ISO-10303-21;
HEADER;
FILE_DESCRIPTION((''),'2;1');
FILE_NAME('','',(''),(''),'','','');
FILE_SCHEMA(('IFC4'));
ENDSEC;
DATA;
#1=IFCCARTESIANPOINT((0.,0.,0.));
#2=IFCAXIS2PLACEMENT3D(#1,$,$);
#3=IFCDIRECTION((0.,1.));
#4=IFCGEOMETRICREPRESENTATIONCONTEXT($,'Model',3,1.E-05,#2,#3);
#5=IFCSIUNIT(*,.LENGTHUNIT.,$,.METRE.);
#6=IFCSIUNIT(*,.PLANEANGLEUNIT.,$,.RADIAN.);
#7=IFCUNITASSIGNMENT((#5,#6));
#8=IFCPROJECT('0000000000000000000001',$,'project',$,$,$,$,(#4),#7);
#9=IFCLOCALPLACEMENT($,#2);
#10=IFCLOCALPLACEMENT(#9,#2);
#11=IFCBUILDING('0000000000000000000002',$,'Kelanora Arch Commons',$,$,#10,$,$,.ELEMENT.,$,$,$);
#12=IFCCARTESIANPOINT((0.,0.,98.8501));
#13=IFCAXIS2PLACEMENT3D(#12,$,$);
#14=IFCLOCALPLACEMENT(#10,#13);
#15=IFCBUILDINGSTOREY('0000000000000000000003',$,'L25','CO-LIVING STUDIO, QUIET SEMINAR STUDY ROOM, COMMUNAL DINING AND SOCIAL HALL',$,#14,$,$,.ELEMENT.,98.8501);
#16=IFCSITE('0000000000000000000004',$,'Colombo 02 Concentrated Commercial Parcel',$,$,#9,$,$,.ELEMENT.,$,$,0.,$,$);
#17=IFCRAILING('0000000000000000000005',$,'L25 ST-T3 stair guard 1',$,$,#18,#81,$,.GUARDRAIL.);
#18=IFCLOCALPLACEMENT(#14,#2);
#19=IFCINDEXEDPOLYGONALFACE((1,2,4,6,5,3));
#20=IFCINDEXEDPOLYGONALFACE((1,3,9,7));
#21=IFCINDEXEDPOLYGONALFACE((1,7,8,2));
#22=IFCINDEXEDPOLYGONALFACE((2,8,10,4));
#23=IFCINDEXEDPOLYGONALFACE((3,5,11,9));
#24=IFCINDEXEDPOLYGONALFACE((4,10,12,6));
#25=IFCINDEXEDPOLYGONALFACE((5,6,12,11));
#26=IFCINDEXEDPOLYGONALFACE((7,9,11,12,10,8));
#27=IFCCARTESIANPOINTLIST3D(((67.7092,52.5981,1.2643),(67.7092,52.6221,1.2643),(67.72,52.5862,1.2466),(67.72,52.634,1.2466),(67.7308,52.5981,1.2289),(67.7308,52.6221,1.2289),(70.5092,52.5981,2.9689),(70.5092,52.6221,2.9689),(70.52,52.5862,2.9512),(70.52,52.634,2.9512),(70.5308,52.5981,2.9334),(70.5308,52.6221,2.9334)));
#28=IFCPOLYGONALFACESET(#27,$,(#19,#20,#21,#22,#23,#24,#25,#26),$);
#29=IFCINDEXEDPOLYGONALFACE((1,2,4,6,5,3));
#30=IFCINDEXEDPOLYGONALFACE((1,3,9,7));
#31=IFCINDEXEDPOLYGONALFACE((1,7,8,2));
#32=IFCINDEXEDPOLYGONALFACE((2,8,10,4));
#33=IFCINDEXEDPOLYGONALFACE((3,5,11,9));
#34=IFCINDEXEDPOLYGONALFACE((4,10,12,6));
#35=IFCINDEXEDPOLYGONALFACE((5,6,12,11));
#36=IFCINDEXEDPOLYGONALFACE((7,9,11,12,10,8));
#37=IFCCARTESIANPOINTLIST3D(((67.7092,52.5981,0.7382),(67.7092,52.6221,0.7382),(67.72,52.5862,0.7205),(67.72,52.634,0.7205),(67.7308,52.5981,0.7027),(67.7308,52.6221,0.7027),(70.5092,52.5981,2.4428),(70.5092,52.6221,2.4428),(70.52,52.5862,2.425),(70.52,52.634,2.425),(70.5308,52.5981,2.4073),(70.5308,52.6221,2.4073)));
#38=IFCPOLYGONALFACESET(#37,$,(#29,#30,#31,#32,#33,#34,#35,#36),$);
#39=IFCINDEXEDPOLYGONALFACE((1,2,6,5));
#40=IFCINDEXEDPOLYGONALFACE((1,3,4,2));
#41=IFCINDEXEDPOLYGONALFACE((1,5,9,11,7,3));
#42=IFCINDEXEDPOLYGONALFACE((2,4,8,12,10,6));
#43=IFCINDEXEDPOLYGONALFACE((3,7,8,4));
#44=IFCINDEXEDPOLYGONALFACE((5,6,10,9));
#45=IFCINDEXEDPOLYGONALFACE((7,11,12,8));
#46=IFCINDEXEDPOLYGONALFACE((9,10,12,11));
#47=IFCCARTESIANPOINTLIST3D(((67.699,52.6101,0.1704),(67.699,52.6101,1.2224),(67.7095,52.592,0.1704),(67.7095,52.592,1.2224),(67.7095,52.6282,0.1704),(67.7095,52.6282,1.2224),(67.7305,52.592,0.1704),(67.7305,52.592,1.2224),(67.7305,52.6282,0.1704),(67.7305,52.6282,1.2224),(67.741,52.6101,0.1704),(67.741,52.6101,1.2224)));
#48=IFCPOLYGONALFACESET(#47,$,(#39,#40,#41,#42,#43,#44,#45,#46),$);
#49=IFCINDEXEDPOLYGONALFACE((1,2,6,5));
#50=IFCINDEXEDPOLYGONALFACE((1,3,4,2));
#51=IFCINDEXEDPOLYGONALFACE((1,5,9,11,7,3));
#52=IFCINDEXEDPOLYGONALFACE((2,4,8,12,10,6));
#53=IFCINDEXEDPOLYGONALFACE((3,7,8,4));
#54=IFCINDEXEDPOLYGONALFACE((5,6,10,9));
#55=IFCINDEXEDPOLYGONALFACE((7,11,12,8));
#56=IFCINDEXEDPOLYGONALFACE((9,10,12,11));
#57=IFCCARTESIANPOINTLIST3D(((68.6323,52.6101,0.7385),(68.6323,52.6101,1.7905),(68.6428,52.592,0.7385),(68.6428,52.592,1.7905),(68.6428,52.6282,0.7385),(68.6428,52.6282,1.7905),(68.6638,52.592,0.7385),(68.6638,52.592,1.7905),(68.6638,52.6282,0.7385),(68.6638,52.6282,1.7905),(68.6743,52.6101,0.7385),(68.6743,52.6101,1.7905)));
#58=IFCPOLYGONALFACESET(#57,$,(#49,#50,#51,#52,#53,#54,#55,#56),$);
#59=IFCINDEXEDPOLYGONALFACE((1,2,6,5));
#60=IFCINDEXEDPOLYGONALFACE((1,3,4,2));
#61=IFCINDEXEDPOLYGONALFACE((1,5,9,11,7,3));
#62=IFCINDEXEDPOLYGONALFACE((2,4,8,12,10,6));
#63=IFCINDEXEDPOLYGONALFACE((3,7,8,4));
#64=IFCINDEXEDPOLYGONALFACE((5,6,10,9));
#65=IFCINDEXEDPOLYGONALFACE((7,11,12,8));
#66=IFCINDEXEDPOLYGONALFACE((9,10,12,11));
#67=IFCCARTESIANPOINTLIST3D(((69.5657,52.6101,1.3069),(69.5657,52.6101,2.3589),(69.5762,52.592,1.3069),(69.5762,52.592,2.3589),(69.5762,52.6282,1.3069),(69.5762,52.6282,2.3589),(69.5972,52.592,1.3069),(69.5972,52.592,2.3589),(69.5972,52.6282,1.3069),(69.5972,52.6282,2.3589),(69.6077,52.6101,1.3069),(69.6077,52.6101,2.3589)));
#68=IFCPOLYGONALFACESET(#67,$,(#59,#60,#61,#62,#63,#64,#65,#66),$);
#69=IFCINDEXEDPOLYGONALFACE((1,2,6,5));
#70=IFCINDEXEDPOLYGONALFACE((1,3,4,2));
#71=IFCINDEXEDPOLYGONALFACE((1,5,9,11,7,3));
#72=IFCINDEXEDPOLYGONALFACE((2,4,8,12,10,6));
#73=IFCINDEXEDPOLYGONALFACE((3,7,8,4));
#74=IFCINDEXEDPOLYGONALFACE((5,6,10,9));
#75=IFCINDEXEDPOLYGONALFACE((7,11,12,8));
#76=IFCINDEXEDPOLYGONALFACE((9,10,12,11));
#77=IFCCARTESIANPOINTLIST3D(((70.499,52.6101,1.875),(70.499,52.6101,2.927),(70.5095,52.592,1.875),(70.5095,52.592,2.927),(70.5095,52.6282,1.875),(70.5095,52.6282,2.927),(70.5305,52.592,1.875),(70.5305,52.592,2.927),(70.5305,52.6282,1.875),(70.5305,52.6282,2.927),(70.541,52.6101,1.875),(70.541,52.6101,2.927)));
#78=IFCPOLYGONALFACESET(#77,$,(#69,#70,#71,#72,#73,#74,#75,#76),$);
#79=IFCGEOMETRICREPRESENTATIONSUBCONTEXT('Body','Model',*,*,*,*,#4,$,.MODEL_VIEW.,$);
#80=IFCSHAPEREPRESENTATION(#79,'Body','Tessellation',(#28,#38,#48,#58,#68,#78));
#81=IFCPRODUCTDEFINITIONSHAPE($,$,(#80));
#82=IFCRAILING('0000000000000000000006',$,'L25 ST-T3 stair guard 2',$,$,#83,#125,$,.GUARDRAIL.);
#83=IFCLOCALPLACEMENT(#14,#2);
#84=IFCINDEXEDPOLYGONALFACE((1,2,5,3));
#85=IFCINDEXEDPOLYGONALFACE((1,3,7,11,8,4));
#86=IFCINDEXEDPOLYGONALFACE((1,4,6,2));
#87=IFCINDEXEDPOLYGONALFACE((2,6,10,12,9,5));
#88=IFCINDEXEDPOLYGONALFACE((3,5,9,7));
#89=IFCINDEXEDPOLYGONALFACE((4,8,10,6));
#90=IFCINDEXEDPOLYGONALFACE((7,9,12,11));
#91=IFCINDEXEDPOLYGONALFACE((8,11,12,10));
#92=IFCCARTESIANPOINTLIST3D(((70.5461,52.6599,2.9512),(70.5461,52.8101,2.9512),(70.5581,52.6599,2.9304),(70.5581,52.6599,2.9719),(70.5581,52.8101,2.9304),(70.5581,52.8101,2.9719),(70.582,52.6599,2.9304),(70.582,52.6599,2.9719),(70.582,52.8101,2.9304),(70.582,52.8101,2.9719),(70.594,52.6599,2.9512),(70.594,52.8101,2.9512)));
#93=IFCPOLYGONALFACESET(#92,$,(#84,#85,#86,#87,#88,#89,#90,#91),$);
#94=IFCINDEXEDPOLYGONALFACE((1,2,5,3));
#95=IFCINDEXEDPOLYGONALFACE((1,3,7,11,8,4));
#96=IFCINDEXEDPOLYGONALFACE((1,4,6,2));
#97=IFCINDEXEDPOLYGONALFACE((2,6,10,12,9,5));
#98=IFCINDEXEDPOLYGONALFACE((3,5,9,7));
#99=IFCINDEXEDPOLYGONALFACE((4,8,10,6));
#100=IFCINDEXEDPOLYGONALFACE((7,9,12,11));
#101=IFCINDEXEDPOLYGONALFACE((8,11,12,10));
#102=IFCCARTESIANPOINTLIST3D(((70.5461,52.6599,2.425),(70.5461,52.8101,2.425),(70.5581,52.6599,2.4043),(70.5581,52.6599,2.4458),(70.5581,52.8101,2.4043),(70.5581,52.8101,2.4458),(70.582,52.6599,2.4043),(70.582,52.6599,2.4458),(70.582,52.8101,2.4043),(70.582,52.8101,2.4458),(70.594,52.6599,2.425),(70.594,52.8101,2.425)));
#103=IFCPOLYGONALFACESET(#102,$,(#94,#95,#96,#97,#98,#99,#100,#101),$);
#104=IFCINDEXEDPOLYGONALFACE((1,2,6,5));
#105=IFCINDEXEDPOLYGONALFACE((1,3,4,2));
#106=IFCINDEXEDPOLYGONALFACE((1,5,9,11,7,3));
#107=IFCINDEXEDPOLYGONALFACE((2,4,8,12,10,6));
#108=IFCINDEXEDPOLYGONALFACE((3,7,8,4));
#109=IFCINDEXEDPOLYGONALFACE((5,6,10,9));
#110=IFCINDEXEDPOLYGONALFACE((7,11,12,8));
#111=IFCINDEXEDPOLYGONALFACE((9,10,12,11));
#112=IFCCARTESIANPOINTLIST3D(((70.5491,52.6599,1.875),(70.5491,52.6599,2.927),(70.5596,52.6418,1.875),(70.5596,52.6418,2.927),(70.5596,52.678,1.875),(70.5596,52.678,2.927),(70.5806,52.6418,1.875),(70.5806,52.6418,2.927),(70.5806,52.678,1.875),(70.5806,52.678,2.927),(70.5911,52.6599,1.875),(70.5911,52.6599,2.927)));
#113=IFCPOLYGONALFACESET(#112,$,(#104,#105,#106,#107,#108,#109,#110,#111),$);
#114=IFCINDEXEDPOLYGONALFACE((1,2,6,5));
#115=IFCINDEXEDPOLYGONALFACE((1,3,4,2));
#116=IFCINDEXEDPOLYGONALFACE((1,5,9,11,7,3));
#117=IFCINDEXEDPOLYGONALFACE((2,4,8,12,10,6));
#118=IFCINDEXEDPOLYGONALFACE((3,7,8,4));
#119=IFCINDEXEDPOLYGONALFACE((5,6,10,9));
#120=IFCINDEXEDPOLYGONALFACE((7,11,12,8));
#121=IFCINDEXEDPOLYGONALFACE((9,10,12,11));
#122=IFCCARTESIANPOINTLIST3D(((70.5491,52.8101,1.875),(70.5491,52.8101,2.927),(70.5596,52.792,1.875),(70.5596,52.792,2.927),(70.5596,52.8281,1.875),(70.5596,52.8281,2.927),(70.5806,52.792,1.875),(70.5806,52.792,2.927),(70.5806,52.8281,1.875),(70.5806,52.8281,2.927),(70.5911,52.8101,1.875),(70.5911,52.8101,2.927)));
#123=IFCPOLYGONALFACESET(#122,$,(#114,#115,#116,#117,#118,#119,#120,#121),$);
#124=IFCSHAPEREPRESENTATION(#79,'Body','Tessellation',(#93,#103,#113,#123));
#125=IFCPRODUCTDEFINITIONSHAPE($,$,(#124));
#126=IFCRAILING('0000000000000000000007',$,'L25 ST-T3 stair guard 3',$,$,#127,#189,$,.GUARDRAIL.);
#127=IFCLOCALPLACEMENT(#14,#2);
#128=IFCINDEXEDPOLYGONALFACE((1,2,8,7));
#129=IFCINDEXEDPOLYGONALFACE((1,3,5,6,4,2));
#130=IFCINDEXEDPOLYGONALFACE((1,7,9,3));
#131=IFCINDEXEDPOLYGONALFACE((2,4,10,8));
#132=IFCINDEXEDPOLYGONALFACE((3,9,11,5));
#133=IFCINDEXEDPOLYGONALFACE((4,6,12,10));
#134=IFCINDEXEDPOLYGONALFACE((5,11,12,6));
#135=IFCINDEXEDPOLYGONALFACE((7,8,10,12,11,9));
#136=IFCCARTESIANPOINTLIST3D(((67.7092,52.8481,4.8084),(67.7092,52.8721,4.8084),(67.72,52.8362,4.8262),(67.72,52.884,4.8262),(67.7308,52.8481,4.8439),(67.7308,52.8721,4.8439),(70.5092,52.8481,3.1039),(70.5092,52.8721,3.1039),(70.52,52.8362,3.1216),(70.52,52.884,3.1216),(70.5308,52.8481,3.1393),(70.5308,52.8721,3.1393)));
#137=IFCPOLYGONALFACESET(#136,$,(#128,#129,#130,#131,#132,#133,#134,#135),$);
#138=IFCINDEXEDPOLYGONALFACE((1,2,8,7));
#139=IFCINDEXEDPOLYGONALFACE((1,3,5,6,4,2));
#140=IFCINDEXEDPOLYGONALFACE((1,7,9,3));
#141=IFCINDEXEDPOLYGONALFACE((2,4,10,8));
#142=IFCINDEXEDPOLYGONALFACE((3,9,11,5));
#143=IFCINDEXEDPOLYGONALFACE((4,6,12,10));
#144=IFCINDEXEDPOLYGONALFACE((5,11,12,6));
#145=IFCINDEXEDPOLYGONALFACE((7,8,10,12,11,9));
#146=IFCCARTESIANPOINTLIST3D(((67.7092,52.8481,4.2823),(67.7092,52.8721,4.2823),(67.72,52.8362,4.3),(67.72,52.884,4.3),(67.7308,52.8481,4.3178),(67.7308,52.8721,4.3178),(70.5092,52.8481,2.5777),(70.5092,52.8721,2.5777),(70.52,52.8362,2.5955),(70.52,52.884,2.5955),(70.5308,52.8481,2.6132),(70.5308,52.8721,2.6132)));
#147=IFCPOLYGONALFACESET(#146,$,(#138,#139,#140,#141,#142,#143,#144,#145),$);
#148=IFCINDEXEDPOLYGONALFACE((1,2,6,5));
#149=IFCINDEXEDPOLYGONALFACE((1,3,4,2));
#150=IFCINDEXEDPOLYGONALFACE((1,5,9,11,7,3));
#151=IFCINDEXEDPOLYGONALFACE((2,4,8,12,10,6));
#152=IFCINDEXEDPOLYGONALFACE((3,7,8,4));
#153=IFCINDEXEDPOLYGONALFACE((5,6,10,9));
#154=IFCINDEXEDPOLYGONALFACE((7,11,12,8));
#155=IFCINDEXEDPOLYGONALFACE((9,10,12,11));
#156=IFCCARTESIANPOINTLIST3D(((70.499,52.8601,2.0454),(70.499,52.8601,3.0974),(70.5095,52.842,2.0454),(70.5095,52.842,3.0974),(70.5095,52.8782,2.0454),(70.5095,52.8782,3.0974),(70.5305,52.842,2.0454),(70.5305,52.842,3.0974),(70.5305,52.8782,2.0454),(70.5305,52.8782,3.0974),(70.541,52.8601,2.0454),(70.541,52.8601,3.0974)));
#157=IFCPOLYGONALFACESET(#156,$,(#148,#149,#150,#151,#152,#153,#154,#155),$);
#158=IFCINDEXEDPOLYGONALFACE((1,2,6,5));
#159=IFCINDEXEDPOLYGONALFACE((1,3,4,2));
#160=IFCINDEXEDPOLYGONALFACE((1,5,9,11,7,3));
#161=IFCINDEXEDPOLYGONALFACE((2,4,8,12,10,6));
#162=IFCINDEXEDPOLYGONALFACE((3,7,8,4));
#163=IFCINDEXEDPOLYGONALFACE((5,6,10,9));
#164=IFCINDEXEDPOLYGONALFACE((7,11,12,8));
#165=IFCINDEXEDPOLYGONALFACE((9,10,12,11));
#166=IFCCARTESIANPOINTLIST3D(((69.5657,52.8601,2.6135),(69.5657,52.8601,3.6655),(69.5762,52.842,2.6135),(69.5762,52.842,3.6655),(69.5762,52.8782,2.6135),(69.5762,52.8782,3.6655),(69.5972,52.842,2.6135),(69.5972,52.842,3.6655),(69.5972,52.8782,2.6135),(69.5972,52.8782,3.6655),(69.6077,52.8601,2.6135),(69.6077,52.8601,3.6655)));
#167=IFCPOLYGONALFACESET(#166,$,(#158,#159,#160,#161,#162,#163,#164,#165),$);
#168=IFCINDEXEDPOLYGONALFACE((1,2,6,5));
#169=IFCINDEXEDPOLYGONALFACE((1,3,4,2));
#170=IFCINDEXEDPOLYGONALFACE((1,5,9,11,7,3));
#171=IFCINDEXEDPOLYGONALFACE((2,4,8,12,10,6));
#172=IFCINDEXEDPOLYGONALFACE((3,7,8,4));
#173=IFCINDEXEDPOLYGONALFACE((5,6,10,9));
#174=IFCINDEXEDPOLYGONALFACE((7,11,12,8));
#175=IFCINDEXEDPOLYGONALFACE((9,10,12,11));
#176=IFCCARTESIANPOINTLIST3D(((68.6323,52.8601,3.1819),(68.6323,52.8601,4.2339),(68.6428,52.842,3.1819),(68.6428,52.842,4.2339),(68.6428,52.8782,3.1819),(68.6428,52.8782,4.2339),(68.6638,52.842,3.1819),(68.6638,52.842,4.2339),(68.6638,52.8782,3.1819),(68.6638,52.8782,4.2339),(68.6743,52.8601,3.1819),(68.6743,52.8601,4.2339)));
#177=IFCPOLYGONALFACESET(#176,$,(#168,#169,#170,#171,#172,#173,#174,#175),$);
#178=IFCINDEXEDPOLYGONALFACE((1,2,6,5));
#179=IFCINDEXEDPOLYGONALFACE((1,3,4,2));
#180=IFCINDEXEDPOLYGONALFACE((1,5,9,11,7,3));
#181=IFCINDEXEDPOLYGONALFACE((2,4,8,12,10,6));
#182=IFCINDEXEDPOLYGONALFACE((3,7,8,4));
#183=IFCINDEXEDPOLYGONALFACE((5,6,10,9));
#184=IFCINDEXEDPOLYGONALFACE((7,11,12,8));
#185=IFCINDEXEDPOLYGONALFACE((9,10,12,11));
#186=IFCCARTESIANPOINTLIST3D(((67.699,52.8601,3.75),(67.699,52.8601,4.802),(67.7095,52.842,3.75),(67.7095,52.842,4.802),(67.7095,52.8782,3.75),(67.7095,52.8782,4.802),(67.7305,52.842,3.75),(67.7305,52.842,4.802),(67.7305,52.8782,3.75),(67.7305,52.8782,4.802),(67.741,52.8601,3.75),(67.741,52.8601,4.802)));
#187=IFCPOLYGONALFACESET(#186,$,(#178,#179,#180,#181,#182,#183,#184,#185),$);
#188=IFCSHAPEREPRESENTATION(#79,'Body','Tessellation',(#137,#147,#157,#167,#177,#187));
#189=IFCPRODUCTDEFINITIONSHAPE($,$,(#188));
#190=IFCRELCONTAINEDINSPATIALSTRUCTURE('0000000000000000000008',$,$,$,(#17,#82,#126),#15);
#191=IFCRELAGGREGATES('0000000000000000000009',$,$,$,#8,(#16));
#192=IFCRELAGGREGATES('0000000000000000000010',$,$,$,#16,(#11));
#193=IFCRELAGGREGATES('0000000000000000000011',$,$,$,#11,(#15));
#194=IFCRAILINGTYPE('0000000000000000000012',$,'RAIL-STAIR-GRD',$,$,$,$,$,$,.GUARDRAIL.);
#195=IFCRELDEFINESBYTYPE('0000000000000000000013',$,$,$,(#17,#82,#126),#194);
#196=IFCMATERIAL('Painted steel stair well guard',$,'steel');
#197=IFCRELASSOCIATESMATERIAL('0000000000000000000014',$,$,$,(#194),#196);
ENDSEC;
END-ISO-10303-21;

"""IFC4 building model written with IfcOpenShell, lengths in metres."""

from ifc_helpers import new_model, si_unit, direction, frame, origin, place, context, subcontext, project, spatial, polyline, outline, extrude, material, type_object, element, save


model = new_model("IFC4")

# Units and contexts
model_context = context("Model", 3, precision=1e-05, world=origin(), true_north=direction((0.0, 1.0)))
body_context = subcontext(model_context, "Body", "Model", "MODEL_VIEW")
ifc_project = project(units=[si_unit("LENGTHUNIT", "METRE"), si_unit("PLANEANGLEUNIT", "RADIAN")], contexts=[model_context])

# Site, building, storey
site_placement = place(None, origin())
site = spatial("IfcSite", under=ifc_project, at=site_placement, Name="Colombo 02 Concentrated Commercial Parcel", CompositionType="ELEMENT", RefElevation=0.0)
building_placement = place(site_placement, origin())
building = spatial("IfcBuilding", under=site, at=building_placement, Name="Kelanora Arch Commons", CompositionType="ELEMENT")
storey_placement = place(building_placement, frame((0.0, 0.0, 98.8501)))
storey = spatial("IfcBuildingStorey", under=building, at=storey_placement, Name="L25", Description="CO-LIVING STUDIO, QUIET SEMINAR STUDY ROOM, COMMUNAL DINING AND SOCIAL HALL", CompositionType="ELEMENT", Elevation=98.8501)

# Railings
ifc_material_1 = material(Name="Painted steel stair well guard", Category="steel")
railing_type_1 = type_object("IfcRailingType", Name="RAIL-STAIR-GRD", PredefinedType="GUARDRAIL", material=ifc_material_1)
railing_1_placement = place(storey_placement, frame((67.72, 52.6101, 0.1704)))
element("IfcRailing", 1, at=railing_1_placement, inside=storey, type_object=railing_type_1, Name="L25 ST-T3 stair guard 1", PredefinedType="GUARDRAIL", context=body_context, shape_type="SweptSolid", body=[
    extrude(outline(polyline([(0.0239, 0.0), (0.012, 0.0208), (-0.012, 0.0208), (-0.0239, 0.0), (-0.012, -0.0208), (0.012, -0.0208), (0.0239, 0.0)])), frame((0.0, 0.0, 1.0762), z_axis=(0.85417, 0.0, 0.519994), x_axis=(0.0, 1.0, 0.0)), (0.0, 0.0, 1.0), 3.2781),
    extrude(outline(polyline([(0.0239, 0.0), (0.012, 0.0208), (-0.012, 0.0208), (-0.0239, 0.0), (-0.012, -0.0208), (0.012, -0.0208), (0.0239, 0.0)])), frame((0.0, 0.0, 0.55), z_axis=(0.85417, 0.0, 0.519994), x_axis=(0.0, 1.0, 0.0)), (0.0, 0.0, 1.0), 3.2781),
    extrude(outline(polyline([(0.021, 0.0), (0.0105, 0.0181), (-0.0105, 0.0181), (-0.021, 0.0), (-0.0105, -0.0181), (0.0105, -0.0181), (0.021, 0.0)])), origin(), (0.0, 0.0, 1.0), 1.052),
    extrude(outline(polyline([(0.021, 0.0), (0.0105, 0.0181), (-0.0105, 0.0181), (-0.021, 0.0), (-0.0105, -0.0181), (0.0105, -0.0181), (0.021, 0.0)])), frame((0.9333, 0.0, 0.5681)), (0.0, 0.0, 1.0), 1.052),
    extrude(outline(polyline([(0.021, 0.0), (0.0105, 0.0181), (-0.0105, 0.0181), (-0.021, 0.0), (-0.0105, -0.0181), (0.0105, -0.0181), (0.021, 0.0)])), frame((1.8667, 0.0, 1.1365)), (0.0, 0.0, 1.0), 1.052),
    extrude(outline(polyline([(0.021, 0.0), (0.0105, 0.0181), (-0.0105, 0.0181), (-0.021, 0.0), (-0.0105, -0.0181), (0.0105, -0.0181), (0.021, 0.0)])), frame((2.8, 0.0, 1.7046)), (0.0, 0.0, 1.0), 1.052),
])
railing_2_placement = place(storey_placement, frame((70.5701, 52.6599, 1.875)))
element("IfcRailing", 2, at=railing_2_placement, inside=storey, type_object=railing_type_1, Name="L25 ST-T3 stair guard 2", PredefinedType="GUARDRAIL", context=body_context, shape_type="SweptSolid", body=[
    extrude(outline(polyline([(0.0239, 0.0), (0.012, 0.0208), (-0.012, 0.0208), (-0.0239, 0.0), (-0.012, -0.0208), (0.012, -0.0208), (0.0239, 0.0)])), frame((0.0, 0.0, 1.0762), z_axis=(0.0, 1.0, 0.0), x_axis=(-1.0, 0.0, 0.0)), (0.0, 0.0, 1.0), 0.1501),
    extrude(outline(polyline([(0.0239, 0.0), (0.012, 0.0208), (-0.012, 0.0208), (-0.0239, 0.0), (-0.012, -0.0208), (0.012, -0.0208), (0.0239, 0.0)])), frame((0.0, 0.0, 0.55), z_axis=(0.0, 1.0, 0.0), x_axis=(-1.0, 0.0, 0.0)), (0.0, 0.0, 1.0), 0.1501),
    extrude(outline(polyline([(0.021, 0.0), (0.0105, 0.0181), (-0.0105, 0.0181), (-0.021, 0.0), (-0.0105, -0.0181), (0.0105, -0.0181), (0.021, 0.0)])), origin(), (0.0, 0.0, 1.0), 1.052),
    extrude(outline(polyline([(0.021, 0.0), (0.0105, 0.0181), (-0.0105, 0.0181), (-0.021, 0.0), (-0.0105, -0.0181), (0.0105, -0.0181), (0.021, 0.0)])), frame((0.0, 0.1501, 0.0)), (0.0, 0.0, 1.0), 1.052),
])
railing_3_placement = place(storey_placement, frame((70.52, 52.8601, 2.0454)))
element("IfcRailing", 3, at=railing_3_placement, inside=storey, type_object=railing_type_1, Name="L25 ST-T3 stair guard 3", PredefinedType="GUARDRAIL", context=body_context, shape_type="SweptSolid", body=[
    extrude(outline(polyline([(0.0239, 0.0), (0.012, 0.0208), (-0.012, 0.0208), (-0.0239, 0.0), (-0.012, -0.0208), (0.012, -0.0208), (0.0239, 0.0)])), frame((0.0, 0.0, 1.0762), z_axis=(-0.85417, 0.0, 0.519994), x_axis=(0.0, -1.0, 0.0)), (0.0, 0.0, 1.0), 3.2781),
    extrude(outline(polyline([(0.0239, 0.0), (0.012, 0.0208), (-0.012, 0.0208), (-0.0239, 0.0), (-0.012, -0.0208), (0.012, -0.0208), (0.0239, 0.0)])), frame((0.0, 0.0, 0.55), z_axis=(-0.85417, 0.0, 0.519994), x_axis=(0.0, -1.0, 0.0)), (0.0, 0.0, 1.0), 3.2781),
    extrude(outline(polyline([(0.021, 0.0), (0.0105, 0.0181), (-0.0105, 0.0181), (-0.021, 0.0), (-0.0105, -0.0181), (0.0105, -0.0181), (0.021, 0.0)])), origin(), (0.0, 0.0, 1.0), 1.052),
    extrude(outline(polyline([(0.021, 0.0), (0.0105, 0.0181), (-0.0105, 0.0181), (-0.021, 0.0), (-0.0105, -0.0181), (0.0105, -0.0181), (0.021, 0.0)])), frame((-0.9333, 0.0, 0.5681)), (0.0, 0.0, 1.0), 1.052),
    extrude(outline(polyline([(0.021, 0.0), (0.0105, 0.0181), (-0.0105, 0.0181), (-0.021, 0.0), (-0.0105, -0.0181), (0.0105, -0.0181), (0.021, 0.0)])), frame((-1.8667, 0.0, 1.1365)), (0.0, 0.0, 1.0), 1.052),
    extrude(outline(polyline([(0.021, 0.0), (0.0105, 0.0181), (-0.0105, 0.0181), (-0.021, 0.0), (-0.0105, -0.0181), (0.0105, -0.0181), (0.021, 0.0)])), frame((-2.8, 0.0, 1.7046)), (0.0, 0.0, 1.0), 1.052),
])

save(model, "model.ifc")
